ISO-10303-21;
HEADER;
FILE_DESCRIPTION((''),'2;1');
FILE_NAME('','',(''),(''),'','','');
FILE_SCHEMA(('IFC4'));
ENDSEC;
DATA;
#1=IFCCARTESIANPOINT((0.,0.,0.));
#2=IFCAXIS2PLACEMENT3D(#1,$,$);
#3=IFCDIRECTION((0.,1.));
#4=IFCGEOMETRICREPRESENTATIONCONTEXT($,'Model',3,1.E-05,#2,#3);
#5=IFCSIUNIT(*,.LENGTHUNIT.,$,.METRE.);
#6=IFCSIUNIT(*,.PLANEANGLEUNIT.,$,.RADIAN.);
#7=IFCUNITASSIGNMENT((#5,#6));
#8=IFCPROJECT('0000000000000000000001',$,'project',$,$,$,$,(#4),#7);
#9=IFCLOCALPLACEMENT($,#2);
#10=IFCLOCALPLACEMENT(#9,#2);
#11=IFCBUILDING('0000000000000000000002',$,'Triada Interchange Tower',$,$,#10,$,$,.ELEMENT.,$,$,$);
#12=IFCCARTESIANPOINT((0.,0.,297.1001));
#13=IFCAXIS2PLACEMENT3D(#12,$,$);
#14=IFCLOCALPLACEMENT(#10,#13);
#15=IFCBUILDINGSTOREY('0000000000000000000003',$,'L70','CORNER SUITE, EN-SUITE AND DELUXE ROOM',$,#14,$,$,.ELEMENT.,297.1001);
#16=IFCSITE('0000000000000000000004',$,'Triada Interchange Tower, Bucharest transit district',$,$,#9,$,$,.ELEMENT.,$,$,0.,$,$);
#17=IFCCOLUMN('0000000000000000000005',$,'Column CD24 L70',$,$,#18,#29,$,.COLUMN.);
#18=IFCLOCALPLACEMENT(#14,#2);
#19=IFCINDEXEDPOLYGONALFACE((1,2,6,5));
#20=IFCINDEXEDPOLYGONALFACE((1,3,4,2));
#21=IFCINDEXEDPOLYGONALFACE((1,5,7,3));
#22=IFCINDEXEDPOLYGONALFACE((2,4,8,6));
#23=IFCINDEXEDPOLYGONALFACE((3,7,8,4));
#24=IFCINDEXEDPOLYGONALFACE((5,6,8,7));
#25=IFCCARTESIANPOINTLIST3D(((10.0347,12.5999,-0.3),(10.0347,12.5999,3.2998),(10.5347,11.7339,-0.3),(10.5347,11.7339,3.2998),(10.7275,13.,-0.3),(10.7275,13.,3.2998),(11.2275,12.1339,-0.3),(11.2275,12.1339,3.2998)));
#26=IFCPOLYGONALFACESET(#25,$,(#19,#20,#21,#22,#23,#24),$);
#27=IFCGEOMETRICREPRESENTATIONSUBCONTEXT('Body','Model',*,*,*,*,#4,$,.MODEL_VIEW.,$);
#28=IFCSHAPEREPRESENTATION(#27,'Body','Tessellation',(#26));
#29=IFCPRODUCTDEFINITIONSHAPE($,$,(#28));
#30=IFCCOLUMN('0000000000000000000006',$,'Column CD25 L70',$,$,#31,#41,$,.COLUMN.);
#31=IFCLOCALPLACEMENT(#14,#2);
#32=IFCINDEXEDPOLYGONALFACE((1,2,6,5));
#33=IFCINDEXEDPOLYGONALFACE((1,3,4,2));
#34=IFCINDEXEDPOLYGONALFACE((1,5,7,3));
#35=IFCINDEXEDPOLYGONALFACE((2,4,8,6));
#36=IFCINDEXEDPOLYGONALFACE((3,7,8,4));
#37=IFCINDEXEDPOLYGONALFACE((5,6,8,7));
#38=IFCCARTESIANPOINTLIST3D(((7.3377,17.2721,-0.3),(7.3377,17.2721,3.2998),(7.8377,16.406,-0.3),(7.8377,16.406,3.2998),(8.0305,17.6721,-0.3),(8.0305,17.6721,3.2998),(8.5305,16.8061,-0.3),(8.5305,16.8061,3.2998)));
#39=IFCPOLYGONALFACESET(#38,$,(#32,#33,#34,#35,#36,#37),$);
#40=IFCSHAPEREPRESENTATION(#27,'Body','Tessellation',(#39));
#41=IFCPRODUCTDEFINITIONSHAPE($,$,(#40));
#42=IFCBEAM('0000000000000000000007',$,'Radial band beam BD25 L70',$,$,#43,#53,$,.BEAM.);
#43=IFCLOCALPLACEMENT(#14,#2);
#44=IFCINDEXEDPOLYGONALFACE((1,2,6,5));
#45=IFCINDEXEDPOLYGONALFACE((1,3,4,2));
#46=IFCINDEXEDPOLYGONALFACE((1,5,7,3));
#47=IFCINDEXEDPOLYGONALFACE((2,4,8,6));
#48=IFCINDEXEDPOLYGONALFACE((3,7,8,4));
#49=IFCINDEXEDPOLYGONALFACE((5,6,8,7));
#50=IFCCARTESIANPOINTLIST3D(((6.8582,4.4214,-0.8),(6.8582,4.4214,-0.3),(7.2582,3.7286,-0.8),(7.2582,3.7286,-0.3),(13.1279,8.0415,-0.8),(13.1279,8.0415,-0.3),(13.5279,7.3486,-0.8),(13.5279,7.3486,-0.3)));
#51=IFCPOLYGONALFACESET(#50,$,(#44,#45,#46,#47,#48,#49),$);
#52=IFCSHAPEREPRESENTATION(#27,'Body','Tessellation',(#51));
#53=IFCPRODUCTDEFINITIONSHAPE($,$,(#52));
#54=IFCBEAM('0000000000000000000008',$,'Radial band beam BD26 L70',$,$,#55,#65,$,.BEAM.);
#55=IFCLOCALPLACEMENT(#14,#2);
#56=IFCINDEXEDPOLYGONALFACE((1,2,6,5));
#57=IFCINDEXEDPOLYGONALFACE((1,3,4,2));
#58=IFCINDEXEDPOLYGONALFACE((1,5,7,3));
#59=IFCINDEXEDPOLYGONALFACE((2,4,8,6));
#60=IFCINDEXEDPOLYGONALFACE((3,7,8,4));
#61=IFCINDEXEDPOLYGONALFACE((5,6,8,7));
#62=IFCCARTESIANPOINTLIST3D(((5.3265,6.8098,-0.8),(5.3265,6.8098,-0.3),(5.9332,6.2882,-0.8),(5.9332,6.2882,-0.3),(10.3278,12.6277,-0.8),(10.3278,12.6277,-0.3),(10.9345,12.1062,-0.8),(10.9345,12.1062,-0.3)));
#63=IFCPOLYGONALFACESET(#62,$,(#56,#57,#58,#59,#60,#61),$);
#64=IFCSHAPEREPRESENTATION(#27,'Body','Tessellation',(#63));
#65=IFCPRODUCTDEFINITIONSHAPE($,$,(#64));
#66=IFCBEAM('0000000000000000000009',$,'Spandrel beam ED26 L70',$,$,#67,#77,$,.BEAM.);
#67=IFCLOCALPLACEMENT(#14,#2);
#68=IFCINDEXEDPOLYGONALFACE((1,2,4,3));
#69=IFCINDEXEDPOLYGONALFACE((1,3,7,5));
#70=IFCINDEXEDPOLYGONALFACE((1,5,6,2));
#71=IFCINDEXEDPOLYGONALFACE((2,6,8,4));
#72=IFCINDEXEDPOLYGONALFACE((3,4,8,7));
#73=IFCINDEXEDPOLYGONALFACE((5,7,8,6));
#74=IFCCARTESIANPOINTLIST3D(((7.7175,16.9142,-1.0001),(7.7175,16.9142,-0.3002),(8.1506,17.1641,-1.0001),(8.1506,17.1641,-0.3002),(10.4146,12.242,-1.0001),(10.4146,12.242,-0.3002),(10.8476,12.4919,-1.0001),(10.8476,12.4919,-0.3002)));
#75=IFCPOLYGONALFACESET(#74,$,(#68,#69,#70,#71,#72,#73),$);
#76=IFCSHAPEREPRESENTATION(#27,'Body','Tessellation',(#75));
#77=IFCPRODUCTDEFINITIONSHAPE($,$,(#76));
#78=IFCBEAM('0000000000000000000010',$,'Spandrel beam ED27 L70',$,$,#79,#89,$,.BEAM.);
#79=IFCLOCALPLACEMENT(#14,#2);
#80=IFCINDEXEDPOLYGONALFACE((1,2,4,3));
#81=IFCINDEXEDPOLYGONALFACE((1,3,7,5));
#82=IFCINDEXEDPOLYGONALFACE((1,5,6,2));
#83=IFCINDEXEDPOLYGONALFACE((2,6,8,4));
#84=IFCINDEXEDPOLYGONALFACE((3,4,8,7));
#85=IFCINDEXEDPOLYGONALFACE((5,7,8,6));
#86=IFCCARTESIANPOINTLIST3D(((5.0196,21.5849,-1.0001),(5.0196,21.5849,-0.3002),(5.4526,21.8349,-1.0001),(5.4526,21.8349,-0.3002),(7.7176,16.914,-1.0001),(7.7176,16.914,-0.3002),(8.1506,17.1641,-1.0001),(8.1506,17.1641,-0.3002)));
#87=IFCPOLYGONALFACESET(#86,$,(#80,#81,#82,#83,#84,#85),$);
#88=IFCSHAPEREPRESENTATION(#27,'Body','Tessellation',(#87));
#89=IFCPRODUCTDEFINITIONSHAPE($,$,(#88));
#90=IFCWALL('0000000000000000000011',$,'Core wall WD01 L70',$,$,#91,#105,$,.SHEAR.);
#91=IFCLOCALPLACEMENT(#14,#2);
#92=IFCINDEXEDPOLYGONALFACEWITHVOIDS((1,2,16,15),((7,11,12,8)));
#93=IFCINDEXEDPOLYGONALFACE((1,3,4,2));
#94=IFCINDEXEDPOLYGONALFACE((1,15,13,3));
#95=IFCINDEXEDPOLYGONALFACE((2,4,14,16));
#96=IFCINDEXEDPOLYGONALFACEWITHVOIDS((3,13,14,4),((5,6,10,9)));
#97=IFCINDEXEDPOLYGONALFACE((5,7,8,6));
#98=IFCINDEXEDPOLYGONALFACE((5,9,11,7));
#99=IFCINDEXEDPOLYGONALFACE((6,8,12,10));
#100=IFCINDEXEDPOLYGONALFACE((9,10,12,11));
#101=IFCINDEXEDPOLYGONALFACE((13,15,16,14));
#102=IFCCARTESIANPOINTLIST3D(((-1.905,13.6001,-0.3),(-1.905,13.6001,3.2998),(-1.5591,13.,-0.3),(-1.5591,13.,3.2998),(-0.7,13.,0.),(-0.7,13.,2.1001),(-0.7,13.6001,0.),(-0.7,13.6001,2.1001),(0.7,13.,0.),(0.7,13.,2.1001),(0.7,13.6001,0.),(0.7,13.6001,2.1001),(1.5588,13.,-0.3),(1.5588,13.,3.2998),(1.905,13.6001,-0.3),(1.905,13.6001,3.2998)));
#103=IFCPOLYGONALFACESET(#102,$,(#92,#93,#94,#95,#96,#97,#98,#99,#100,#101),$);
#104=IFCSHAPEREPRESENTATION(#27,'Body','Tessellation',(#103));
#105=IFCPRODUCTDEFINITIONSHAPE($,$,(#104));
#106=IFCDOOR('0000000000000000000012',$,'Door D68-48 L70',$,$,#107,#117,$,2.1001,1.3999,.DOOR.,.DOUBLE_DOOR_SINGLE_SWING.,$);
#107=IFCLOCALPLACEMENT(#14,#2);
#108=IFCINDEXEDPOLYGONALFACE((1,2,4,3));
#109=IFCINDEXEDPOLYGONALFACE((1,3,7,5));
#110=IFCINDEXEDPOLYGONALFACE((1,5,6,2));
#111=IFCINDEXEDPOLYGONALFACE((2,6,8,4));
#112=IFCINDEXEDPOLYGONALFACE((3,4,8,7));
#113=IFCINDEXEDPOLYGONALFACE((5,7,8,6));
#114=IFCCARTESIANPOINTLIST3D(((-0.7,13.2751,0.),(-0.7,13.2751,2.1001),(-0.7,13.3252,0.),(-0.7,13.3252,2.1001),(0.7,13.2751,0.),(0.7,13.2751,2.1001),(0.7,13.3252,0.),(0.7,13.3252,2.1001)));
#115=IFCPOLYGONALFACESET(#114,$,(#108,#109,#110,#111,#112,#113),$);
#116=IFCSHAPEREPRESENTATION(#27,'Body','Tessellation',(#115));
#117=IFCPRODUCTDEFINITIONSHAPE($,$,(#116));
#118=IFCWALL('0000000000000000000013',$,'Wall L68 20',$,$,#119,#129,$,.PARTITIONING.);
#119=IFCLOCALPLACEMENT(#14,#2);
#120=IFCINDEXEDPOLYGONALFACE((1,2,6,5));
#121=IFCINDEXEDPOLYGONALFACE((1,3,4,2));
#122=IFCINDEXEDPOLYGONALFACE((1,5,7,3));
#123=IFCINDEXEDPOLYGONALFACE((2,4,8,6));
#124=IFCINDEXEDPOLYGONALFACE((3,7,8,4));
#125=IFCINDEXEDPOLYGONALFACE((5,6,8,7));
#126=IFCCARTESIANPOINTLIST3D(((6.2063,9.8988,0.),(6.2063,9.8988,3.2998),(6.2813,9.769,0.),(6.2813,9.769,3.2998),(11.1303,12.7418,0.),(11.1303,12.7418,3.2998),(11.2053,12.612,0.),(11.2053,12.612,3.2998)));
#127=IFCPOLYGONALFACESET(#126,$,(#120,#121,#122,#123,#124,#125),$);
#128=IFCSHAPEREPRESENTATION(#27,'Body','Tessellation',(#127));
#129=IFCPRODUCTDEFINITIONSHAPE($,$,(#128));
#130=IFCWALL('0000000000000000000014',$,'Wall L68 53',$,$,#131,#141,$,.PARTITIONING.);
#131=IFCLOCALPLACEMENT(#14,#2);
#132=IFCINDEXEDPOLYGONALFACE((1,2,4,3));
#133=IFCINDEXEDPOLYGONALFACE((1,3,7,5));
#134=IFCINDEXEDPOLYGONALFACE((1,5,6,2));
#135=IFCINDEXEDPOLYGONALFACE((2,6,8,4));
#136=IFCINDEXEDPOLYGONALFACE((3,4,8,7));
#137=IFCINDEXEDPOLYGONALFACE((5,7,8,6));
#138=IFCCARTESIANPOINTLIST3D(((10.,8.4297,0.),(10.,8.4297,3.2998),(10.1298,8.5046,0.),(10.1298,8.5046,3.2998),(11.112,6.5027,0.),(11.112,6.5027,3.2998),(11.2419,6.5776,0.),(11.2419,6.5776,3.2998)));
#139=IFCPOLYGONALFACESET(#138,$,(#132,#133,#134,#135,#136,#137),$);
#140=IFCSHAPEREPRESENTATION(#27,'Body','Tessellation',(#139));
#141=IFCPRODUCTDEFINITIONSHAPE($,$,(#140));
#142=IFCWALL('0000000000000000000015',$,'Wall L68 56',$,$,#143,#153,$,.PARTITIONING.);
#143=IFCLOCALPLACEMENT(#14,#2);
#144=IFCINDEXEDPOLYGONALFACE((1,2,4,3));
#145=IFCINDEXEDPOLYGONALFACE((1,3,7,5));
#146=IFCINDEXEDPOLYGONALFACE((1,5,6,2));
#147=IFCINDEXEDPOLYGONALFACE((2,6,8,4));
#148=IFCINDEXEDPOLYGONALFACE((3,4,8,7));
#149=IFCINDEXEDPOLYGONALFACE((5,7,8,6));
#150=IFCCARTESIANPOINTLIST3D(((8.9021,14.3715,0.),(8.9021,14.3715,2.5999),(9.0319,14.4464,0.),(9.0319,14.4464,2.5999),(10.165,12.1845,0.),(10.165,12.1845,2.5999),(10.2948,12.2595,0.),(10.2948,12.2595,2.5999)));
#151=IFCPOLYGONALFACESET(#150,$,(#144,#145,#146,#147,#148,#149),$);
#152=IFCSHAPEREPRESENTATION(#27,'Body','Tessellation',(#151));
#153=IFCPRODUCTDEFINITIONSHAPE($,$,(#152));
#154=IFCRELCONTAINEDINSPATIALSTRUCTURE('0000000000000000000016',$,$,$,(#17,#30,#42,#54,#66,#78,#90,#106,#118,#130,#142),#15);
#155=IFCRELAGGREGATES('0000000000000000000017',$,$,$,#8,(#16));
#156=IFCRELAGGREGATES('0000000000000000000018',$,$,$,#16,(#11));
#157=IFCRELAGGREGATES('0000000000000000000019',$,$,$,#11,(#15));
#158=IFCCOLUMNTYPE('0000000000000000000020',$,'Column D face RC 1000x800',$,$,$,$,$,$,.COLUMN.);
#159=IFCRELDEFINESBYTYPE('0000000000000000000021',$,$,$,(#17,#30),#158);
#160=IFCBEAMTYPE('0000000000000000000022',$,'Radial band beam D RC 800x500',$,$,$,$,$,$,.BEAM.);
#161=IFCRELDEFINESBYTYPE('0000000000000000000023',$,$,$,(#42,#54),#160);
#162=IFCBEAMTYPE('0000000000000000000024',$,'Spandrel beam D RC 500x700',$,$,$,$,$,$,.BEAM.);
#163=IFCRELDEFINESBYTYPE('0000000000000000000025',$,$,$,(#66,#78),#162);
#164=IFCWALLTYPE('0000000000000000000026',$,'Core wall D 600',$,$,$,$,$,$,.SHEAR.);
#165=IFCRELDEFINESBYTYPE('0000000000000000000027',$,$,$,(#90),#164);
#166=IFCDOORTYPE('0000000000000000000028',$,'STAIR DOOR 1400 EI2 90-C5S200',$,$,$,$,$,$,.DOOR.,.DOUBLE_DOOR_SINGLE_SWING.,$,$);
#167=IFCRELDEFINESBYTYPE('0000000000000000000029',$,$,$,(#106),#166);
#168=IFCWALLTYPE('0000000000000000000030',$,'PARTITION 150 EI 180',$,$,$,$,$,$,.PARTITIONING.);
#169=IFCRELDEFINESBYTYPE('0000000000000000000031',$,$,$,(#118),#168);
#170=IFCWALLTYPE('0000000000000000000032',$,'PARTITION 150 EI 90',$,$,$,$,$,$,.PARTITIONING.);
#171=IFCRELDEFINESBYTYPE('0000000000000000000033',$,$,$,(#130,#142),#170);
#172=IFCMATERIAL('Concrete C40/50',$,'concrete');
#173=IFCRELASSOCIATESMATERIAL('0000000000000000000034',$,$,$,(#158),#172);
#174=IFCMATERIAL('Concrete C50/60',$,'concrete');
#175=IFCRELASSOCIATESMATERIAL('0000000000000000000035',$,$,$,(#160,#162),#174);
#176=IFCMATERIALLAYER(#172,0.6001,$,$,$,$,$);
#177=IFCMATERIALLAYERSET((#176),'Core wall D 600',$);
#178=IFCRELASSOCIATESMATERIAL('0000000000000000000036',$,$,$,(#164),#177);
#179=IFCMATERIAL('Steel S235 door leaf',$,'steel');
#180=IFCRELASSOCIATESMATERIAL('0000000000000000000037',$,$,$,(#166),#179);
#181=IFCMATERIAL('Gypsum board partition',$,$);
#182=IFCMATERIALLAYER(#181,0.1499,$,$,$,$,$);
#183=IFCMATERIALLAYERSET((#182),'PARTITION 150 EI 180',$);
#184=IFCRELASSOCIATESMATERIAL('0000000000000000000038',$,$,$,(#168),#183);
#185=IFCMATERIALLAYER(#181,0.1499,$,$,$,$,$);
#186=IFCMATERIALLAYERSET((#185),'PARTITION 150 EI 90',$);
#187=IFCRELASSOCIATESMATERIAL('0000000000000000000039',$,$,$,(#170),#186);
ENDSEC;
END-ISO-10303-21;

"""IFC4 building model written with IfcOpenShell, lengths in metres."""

from ifc_helpers import new_model, si_unit, direction, frame, frame_2d, origin, origin_2d, place, context, subcontext, project, spatial, polyline, rectangle, outline, extrude, material, layer, layer_set, material_profile, profile_set, type_object, element, fill, save


model = new_model("IFC4")

# Units and contexts
model_context = context("Model", 3, precision=1e-05, world=origin(), true_north=direction((0.0, 1.0)))
body_context = subcontext(model_context, "Body", "Model", "MODEL_VIEW")
ifc_project = project(units=[si_unit("LENGTHUNIT", "METRE"), si_unit("PLANEANGLEUNIT", "RADIAN")], contexts=[model_context])

# Site, building, storey
site_placement = place(None, origin())
site = spatial("IfcSite", under=ifc_project, at=site_placement, Name="Triada Interchange Tower, Bucharest transit district", CompositionType="ELEMENT", RefElevation=0.0)
building_placement = place(site_placement, origin())
building = spatial("IfcBuilding", under=site, at=building_placement, Name="Triada Interchange Tower", CompositionType="ELEMENT")
storey_placement = place(building_placement, frame((0.0, 0.0, 297.1001)))
storey = spatial("IfcBuildingStorey", under=building, at=storey_placement, Name="L70", Description="CORNER SUITE, EN-SUITE AND DELUXE ROOM", CompositionType="ELEMENT", Elevation=297.1001)

# Columns
ifc_material_1 = material(Name="Concrete C40/50", Category="concrete")
ifc_material_profile_1 = material_profile(ifc_material_1, rectangle(XDim=1.0, YDim=0.8, at=origin_2d()), Name="RC 1000x800")
ifc_profile_set_1 = profile_set([ifc_material_profile_1], Name="Concrete C40/50")
column_type = type_object("IfcColumnType", Name="Column D face RC 1000x800", PredefinedType="COLUMN", material=ifc_profile_set_1)
for number, where, z_axis, x_axis, name in (
    (1, (10.6311, 12.3669, -0.3), (0.0, 0.0, 1.0), (-0.5, 0.866025, 0.0), "Column CD24 L70"),
    (2, (7.9341, 17.0391, -0.3), (0.0, 0.0, 1.0), (-0.5, 0.866025, 0.0), "Column CD25 L70"),
):
    element("IfcColumn", number, at=place(storey_placement, frame(where, z_axis=z_axis, x_axis=x_axis)), inside=storey, type_object=column_type, Name=name, PredefinedType="COLUMN", context=body_context, shape_type="SweptSolid", body=[
        extrude(rectangle(XDim=1.0, YDim=0.8, at=origin_2d()), origin(), (0.0, 0.0, 1.0), 3.5999),
    ])

# Beams
ifc_material_2 = material(Name="Concrete C50/60", Category="concrete")
ifc_material_profile_2 = material_profile(ifc_material_2, rectangle(XDim=0.8, YDim=0.5, at=origin_2d()), Name="RC 800x500")
ifc_profile_set_2 = profile_set([ifc_material_profile_2], Name="Concrete C50/60")
beam_type_1 = type_object("IfcBeamType", Name="Radial band beam D RC 800x500", PredefinedType="BEAM", material=ifc_profile_set_2)
beam_1_placement = place(storey_placement, frame((13.3279, 7.6951, -0.55), z_axis=(-0.86601, -0.500027, 0.0), x_axis=(0.500027, -0.86601, 0.0)))
element("IfcBeam", 3, at=beam_1_placement, inside=storey, type_object=beam_type_1, Name="Radial band beam BD25 L70", PredefinedType="BEAM", context=body_context, shape_type="SweptSolid", body=[
    extrude(rectangle(XDim=0.8, YDim=0.5, at=origin_2d()), origin(), (0.0, 0.0, 1.0), 7.2397),
])
beam_2_placement = place(storey_placement, frame((10.6311, 12.3669, -0.55), z_axis=(-0.651878, -0.758324, 0.0), x_axis=(0.758324, -0.651878, 0.0)))
element("IfcBeam", 4, at=beam_2_placement, inside=storey, type_object=beam_type_1, Name="Radial band beam BD26 L70", PredefinedType="BEAM", context=body_context, shape_type="SweptSolid", body=[
    extrude(rectangle(XDim=0.8, YDim=0.5, at=origin_2d()), origin(), (0.0, 0.0, 1.0), 7.6721),
])
ifc_material_profile_3 = material_profile(ifc_material_2, rectangle(XDim=0.5, YDim=0.7, at=origin_2d()), Name="RC 500x700")
ifc_profile_set_3 = profile_set([ifc_material_profile_3], Name="Concrete C50/60")
beam_type_2 = type_object("IfcBeamType", Name="Spandrel beam D RC 500x700", PredefinedType="BEAM", material=ifc_profile_set_3)
beam_3_placement = place(storey_placement, frame((10.6311, 12.3669, -0.6501), z_axis=(-0.499941, 0.86606, 0.0), x_axis=(-0.86606, -0.499941, 0.0)))
element("IfcBeam", 5, at=beam_3_placement, inside=storey, type_object=beam_type_2, Name="Spandrel beam ED26 L70", PredefinedType="BEAM", context=body_context, shape_type="SweptSolid", body=[
    extrude(rectangle(XDim=0.5, YDim=0.7, at=origin_2d()), origin(), (0.0, 0.0, 1.0), 5.3948),
])
beam_4_placement = place(storey_placement, frame((7.9341, 17.0391, -0.6501), z_axis=(-0.500174, 0.865925, 0.0), x_axis=(-0.865925, -0.500174, 0.0)))
element("IfcBeam", 6, at=beam_4_placement, inside=storey, type_object=beam_type_2, Name="Spandrel beam ED27 L70", PredefinedType="BEAM", context=body_context, shape_type="SweptSolid", body=[
    extrude(rectangle(XDim=0.5, YDim=0.7, at=origin_2d()), origin(), (0.0, 0.0, 1.0), 5.394),
])

# Wall, opening, door
ifc_layer_1 = layer(ifc_material_1, 0.6001)
ifc_layer_set_1 = layer_set([ifc_layer_1], Name="Core wall D 600")
wall_type_1 = type_object("IfcWallType", Name="Core wall D 600", PredefinedType="SHEAR", material=ifc_layer_set_1)
wall_1_placement = place(storey_placement, frame((1.7319, 13.3, -0.3), z_axis=(0.0, 0.0, 1.0), x_axis=(-1.0, 0.0, 0.0)))
wall_1 = element("IfcWall", 7, at=wall_1_placement, inside=storey, type_object=wall_type_1, Name="Core wall WD01 L70", PredefinedType="SHEAR", context=body_context, shape_type="SweptSolid", body=[
    extrude(outline(polyline([(-0.1731, -0.3), (1.7319, -0.3), (3.637, -0.3), (3.291, 0.3), (1.7319, 0.3), (0.1731, 0.3), (-0.1731, -0.3)])), origin(), (0.0, 0.0, 1.0), 3.5999),
])
opening_1_placement = place(wall_1_placement, frame((1.032, 0.0, 0.3)))
opening_1 = element("IfcOpeningElement", 8, at=opening_1_placement, cuts=wall_1, PredefinedType="OPENING", context=body_context, shape_type="SweptSolid", body=[
    extrude(rectangle(XDim=1.3999, YDim=2.1001, at=frame_2d((0.7, 1.05))), frame((0.0, 0.3101, 0.0), z_axis=(0.0, -1.0, 0.0), x_axis=(1.0, 0.0, 0.0)), (0.0, 0.0, 1.0), 0.6201),
])
ifc_material_3 = material(Name="Steel S235 door leaf", Category="steel")
door_type_1 = type_object("IfcDoorType", Name="STAIR DOOR 1400 EI2 90-C5S200", OperationType="DOUBLE_DOOR_SINGLE_SWING", PredefinedType="DOOR", material=ifc_material_3)
door_1_placement = place(opening_1_placement, origin())
door_1 = element("IfcDoor", 9, at=door_1_placement, inside=storey, type_object=door_type_1, Name="Door D68-48 L70", OperationType="DOUBLE_DOOR_SINGLE_SWING", OverallHeight=2.1001, OverallWidth=1.3999, PredefinedType="DOOR", context=body_context, shape_type="SweptSolid", body=[
    extrude(rectangle(XDim=1.3999, YDim=2.1001, at=frame_2d((0.7, 1.05))), frame((0.0, 0.0249, 0.0), z_axis=(0.0, -1.0, 0.0), x_axis=(1.0, 0.0, 0.0)), (0.0, 0.0, 1.0), 0.05),
])
fill(opening_1, door_1)

# Walls
ifc_material_4 = material(Name="Gypsum board partition")
ifc_layer_2 = layer(ifc_material_4, 0.1499)
ifc_layer_set_2 = layer_set([ifc_layer_2], Name="PARTITION 150 EI 180")
wall_type_2 = type_object("IfcWallType", Name="PARTITION 150 EI 180", PredefinedType="PARTITIONING", material=ifc_layer_set_2)
wall_2_placement = place(storey_placement, frame((6.2439, 9.834, 0.0), z_axis=(0.0, 0.0, 1.0), x_axis=(0.866018, 0.500014, 0.0)))
element("IfcWall", 10, at=wall_2_placement, inside=storey, type_object=wall_type_2, Name="Wall L68 20", PredefinedType="PARTITIONING", context=body_context, shape_type="SweptSolid", body=[
    extrude(rectangle(XDim=5.6858, YDim=0.1499, at=frame_2d((2.8428, 0.0))), origin(), (0.0, 0.0, 1.0), 3.2998),
])
ifc_layer_3 = layer(ifc_material_4, 0.1499)
ifc_layer_set_3 = layer_set([ifc_layer_3], Name="PARTITION 150 EI 90")
wall_type_3 = type_object("IfcWallType", Name="PARTITION 150 EI 90", PredefinedType="PARTITIONING", material=ifc_layer_set_3)
wall_3_placement = place(storey_placement, frame((10.0649, 8.467, 0.0), z_axis=(0.0, 0.0, 1.0), x_axis=(0.499833, -0.866122, 0.0)))
element("IfcWall", 11, at=wall_3_placement, inside=storey, type_object=wall_type_3, Name="Wall L68 53", PredefinedType="PARTITIONING", context=body_context, shape_type="SweptSolid", body=[
    extrude(rectangle(XDim=2.2249, YDim=0.1499, at=frame_2d((1.1123, 0.0))), origin(), (0.0, 0.0, 1.0), 3.2998),
])
wall_4_placement = place(storey_placement, frame((8.967, 14.4089, 0.0), z_axis=(0.0, 0.0, 1.0), x_axis=(0.500079, -0.86598, 0.0)))
element("IfcWall", 12, at=wall_4_placement, inside=storey, type_object=wall_type_3, Name="Wall L68 56", PredefinedType="PARTITIONING", context=body_context, shape_type="SweptSolid", body=[
    extrude(rectangle(XDim=2.5254, YDim=0.1499, at=frame_2d((1.2627, 0.0))), origin(), (0.0, 0.0, 1.0), 2.5999),
])

save(model, "model.ifc")
